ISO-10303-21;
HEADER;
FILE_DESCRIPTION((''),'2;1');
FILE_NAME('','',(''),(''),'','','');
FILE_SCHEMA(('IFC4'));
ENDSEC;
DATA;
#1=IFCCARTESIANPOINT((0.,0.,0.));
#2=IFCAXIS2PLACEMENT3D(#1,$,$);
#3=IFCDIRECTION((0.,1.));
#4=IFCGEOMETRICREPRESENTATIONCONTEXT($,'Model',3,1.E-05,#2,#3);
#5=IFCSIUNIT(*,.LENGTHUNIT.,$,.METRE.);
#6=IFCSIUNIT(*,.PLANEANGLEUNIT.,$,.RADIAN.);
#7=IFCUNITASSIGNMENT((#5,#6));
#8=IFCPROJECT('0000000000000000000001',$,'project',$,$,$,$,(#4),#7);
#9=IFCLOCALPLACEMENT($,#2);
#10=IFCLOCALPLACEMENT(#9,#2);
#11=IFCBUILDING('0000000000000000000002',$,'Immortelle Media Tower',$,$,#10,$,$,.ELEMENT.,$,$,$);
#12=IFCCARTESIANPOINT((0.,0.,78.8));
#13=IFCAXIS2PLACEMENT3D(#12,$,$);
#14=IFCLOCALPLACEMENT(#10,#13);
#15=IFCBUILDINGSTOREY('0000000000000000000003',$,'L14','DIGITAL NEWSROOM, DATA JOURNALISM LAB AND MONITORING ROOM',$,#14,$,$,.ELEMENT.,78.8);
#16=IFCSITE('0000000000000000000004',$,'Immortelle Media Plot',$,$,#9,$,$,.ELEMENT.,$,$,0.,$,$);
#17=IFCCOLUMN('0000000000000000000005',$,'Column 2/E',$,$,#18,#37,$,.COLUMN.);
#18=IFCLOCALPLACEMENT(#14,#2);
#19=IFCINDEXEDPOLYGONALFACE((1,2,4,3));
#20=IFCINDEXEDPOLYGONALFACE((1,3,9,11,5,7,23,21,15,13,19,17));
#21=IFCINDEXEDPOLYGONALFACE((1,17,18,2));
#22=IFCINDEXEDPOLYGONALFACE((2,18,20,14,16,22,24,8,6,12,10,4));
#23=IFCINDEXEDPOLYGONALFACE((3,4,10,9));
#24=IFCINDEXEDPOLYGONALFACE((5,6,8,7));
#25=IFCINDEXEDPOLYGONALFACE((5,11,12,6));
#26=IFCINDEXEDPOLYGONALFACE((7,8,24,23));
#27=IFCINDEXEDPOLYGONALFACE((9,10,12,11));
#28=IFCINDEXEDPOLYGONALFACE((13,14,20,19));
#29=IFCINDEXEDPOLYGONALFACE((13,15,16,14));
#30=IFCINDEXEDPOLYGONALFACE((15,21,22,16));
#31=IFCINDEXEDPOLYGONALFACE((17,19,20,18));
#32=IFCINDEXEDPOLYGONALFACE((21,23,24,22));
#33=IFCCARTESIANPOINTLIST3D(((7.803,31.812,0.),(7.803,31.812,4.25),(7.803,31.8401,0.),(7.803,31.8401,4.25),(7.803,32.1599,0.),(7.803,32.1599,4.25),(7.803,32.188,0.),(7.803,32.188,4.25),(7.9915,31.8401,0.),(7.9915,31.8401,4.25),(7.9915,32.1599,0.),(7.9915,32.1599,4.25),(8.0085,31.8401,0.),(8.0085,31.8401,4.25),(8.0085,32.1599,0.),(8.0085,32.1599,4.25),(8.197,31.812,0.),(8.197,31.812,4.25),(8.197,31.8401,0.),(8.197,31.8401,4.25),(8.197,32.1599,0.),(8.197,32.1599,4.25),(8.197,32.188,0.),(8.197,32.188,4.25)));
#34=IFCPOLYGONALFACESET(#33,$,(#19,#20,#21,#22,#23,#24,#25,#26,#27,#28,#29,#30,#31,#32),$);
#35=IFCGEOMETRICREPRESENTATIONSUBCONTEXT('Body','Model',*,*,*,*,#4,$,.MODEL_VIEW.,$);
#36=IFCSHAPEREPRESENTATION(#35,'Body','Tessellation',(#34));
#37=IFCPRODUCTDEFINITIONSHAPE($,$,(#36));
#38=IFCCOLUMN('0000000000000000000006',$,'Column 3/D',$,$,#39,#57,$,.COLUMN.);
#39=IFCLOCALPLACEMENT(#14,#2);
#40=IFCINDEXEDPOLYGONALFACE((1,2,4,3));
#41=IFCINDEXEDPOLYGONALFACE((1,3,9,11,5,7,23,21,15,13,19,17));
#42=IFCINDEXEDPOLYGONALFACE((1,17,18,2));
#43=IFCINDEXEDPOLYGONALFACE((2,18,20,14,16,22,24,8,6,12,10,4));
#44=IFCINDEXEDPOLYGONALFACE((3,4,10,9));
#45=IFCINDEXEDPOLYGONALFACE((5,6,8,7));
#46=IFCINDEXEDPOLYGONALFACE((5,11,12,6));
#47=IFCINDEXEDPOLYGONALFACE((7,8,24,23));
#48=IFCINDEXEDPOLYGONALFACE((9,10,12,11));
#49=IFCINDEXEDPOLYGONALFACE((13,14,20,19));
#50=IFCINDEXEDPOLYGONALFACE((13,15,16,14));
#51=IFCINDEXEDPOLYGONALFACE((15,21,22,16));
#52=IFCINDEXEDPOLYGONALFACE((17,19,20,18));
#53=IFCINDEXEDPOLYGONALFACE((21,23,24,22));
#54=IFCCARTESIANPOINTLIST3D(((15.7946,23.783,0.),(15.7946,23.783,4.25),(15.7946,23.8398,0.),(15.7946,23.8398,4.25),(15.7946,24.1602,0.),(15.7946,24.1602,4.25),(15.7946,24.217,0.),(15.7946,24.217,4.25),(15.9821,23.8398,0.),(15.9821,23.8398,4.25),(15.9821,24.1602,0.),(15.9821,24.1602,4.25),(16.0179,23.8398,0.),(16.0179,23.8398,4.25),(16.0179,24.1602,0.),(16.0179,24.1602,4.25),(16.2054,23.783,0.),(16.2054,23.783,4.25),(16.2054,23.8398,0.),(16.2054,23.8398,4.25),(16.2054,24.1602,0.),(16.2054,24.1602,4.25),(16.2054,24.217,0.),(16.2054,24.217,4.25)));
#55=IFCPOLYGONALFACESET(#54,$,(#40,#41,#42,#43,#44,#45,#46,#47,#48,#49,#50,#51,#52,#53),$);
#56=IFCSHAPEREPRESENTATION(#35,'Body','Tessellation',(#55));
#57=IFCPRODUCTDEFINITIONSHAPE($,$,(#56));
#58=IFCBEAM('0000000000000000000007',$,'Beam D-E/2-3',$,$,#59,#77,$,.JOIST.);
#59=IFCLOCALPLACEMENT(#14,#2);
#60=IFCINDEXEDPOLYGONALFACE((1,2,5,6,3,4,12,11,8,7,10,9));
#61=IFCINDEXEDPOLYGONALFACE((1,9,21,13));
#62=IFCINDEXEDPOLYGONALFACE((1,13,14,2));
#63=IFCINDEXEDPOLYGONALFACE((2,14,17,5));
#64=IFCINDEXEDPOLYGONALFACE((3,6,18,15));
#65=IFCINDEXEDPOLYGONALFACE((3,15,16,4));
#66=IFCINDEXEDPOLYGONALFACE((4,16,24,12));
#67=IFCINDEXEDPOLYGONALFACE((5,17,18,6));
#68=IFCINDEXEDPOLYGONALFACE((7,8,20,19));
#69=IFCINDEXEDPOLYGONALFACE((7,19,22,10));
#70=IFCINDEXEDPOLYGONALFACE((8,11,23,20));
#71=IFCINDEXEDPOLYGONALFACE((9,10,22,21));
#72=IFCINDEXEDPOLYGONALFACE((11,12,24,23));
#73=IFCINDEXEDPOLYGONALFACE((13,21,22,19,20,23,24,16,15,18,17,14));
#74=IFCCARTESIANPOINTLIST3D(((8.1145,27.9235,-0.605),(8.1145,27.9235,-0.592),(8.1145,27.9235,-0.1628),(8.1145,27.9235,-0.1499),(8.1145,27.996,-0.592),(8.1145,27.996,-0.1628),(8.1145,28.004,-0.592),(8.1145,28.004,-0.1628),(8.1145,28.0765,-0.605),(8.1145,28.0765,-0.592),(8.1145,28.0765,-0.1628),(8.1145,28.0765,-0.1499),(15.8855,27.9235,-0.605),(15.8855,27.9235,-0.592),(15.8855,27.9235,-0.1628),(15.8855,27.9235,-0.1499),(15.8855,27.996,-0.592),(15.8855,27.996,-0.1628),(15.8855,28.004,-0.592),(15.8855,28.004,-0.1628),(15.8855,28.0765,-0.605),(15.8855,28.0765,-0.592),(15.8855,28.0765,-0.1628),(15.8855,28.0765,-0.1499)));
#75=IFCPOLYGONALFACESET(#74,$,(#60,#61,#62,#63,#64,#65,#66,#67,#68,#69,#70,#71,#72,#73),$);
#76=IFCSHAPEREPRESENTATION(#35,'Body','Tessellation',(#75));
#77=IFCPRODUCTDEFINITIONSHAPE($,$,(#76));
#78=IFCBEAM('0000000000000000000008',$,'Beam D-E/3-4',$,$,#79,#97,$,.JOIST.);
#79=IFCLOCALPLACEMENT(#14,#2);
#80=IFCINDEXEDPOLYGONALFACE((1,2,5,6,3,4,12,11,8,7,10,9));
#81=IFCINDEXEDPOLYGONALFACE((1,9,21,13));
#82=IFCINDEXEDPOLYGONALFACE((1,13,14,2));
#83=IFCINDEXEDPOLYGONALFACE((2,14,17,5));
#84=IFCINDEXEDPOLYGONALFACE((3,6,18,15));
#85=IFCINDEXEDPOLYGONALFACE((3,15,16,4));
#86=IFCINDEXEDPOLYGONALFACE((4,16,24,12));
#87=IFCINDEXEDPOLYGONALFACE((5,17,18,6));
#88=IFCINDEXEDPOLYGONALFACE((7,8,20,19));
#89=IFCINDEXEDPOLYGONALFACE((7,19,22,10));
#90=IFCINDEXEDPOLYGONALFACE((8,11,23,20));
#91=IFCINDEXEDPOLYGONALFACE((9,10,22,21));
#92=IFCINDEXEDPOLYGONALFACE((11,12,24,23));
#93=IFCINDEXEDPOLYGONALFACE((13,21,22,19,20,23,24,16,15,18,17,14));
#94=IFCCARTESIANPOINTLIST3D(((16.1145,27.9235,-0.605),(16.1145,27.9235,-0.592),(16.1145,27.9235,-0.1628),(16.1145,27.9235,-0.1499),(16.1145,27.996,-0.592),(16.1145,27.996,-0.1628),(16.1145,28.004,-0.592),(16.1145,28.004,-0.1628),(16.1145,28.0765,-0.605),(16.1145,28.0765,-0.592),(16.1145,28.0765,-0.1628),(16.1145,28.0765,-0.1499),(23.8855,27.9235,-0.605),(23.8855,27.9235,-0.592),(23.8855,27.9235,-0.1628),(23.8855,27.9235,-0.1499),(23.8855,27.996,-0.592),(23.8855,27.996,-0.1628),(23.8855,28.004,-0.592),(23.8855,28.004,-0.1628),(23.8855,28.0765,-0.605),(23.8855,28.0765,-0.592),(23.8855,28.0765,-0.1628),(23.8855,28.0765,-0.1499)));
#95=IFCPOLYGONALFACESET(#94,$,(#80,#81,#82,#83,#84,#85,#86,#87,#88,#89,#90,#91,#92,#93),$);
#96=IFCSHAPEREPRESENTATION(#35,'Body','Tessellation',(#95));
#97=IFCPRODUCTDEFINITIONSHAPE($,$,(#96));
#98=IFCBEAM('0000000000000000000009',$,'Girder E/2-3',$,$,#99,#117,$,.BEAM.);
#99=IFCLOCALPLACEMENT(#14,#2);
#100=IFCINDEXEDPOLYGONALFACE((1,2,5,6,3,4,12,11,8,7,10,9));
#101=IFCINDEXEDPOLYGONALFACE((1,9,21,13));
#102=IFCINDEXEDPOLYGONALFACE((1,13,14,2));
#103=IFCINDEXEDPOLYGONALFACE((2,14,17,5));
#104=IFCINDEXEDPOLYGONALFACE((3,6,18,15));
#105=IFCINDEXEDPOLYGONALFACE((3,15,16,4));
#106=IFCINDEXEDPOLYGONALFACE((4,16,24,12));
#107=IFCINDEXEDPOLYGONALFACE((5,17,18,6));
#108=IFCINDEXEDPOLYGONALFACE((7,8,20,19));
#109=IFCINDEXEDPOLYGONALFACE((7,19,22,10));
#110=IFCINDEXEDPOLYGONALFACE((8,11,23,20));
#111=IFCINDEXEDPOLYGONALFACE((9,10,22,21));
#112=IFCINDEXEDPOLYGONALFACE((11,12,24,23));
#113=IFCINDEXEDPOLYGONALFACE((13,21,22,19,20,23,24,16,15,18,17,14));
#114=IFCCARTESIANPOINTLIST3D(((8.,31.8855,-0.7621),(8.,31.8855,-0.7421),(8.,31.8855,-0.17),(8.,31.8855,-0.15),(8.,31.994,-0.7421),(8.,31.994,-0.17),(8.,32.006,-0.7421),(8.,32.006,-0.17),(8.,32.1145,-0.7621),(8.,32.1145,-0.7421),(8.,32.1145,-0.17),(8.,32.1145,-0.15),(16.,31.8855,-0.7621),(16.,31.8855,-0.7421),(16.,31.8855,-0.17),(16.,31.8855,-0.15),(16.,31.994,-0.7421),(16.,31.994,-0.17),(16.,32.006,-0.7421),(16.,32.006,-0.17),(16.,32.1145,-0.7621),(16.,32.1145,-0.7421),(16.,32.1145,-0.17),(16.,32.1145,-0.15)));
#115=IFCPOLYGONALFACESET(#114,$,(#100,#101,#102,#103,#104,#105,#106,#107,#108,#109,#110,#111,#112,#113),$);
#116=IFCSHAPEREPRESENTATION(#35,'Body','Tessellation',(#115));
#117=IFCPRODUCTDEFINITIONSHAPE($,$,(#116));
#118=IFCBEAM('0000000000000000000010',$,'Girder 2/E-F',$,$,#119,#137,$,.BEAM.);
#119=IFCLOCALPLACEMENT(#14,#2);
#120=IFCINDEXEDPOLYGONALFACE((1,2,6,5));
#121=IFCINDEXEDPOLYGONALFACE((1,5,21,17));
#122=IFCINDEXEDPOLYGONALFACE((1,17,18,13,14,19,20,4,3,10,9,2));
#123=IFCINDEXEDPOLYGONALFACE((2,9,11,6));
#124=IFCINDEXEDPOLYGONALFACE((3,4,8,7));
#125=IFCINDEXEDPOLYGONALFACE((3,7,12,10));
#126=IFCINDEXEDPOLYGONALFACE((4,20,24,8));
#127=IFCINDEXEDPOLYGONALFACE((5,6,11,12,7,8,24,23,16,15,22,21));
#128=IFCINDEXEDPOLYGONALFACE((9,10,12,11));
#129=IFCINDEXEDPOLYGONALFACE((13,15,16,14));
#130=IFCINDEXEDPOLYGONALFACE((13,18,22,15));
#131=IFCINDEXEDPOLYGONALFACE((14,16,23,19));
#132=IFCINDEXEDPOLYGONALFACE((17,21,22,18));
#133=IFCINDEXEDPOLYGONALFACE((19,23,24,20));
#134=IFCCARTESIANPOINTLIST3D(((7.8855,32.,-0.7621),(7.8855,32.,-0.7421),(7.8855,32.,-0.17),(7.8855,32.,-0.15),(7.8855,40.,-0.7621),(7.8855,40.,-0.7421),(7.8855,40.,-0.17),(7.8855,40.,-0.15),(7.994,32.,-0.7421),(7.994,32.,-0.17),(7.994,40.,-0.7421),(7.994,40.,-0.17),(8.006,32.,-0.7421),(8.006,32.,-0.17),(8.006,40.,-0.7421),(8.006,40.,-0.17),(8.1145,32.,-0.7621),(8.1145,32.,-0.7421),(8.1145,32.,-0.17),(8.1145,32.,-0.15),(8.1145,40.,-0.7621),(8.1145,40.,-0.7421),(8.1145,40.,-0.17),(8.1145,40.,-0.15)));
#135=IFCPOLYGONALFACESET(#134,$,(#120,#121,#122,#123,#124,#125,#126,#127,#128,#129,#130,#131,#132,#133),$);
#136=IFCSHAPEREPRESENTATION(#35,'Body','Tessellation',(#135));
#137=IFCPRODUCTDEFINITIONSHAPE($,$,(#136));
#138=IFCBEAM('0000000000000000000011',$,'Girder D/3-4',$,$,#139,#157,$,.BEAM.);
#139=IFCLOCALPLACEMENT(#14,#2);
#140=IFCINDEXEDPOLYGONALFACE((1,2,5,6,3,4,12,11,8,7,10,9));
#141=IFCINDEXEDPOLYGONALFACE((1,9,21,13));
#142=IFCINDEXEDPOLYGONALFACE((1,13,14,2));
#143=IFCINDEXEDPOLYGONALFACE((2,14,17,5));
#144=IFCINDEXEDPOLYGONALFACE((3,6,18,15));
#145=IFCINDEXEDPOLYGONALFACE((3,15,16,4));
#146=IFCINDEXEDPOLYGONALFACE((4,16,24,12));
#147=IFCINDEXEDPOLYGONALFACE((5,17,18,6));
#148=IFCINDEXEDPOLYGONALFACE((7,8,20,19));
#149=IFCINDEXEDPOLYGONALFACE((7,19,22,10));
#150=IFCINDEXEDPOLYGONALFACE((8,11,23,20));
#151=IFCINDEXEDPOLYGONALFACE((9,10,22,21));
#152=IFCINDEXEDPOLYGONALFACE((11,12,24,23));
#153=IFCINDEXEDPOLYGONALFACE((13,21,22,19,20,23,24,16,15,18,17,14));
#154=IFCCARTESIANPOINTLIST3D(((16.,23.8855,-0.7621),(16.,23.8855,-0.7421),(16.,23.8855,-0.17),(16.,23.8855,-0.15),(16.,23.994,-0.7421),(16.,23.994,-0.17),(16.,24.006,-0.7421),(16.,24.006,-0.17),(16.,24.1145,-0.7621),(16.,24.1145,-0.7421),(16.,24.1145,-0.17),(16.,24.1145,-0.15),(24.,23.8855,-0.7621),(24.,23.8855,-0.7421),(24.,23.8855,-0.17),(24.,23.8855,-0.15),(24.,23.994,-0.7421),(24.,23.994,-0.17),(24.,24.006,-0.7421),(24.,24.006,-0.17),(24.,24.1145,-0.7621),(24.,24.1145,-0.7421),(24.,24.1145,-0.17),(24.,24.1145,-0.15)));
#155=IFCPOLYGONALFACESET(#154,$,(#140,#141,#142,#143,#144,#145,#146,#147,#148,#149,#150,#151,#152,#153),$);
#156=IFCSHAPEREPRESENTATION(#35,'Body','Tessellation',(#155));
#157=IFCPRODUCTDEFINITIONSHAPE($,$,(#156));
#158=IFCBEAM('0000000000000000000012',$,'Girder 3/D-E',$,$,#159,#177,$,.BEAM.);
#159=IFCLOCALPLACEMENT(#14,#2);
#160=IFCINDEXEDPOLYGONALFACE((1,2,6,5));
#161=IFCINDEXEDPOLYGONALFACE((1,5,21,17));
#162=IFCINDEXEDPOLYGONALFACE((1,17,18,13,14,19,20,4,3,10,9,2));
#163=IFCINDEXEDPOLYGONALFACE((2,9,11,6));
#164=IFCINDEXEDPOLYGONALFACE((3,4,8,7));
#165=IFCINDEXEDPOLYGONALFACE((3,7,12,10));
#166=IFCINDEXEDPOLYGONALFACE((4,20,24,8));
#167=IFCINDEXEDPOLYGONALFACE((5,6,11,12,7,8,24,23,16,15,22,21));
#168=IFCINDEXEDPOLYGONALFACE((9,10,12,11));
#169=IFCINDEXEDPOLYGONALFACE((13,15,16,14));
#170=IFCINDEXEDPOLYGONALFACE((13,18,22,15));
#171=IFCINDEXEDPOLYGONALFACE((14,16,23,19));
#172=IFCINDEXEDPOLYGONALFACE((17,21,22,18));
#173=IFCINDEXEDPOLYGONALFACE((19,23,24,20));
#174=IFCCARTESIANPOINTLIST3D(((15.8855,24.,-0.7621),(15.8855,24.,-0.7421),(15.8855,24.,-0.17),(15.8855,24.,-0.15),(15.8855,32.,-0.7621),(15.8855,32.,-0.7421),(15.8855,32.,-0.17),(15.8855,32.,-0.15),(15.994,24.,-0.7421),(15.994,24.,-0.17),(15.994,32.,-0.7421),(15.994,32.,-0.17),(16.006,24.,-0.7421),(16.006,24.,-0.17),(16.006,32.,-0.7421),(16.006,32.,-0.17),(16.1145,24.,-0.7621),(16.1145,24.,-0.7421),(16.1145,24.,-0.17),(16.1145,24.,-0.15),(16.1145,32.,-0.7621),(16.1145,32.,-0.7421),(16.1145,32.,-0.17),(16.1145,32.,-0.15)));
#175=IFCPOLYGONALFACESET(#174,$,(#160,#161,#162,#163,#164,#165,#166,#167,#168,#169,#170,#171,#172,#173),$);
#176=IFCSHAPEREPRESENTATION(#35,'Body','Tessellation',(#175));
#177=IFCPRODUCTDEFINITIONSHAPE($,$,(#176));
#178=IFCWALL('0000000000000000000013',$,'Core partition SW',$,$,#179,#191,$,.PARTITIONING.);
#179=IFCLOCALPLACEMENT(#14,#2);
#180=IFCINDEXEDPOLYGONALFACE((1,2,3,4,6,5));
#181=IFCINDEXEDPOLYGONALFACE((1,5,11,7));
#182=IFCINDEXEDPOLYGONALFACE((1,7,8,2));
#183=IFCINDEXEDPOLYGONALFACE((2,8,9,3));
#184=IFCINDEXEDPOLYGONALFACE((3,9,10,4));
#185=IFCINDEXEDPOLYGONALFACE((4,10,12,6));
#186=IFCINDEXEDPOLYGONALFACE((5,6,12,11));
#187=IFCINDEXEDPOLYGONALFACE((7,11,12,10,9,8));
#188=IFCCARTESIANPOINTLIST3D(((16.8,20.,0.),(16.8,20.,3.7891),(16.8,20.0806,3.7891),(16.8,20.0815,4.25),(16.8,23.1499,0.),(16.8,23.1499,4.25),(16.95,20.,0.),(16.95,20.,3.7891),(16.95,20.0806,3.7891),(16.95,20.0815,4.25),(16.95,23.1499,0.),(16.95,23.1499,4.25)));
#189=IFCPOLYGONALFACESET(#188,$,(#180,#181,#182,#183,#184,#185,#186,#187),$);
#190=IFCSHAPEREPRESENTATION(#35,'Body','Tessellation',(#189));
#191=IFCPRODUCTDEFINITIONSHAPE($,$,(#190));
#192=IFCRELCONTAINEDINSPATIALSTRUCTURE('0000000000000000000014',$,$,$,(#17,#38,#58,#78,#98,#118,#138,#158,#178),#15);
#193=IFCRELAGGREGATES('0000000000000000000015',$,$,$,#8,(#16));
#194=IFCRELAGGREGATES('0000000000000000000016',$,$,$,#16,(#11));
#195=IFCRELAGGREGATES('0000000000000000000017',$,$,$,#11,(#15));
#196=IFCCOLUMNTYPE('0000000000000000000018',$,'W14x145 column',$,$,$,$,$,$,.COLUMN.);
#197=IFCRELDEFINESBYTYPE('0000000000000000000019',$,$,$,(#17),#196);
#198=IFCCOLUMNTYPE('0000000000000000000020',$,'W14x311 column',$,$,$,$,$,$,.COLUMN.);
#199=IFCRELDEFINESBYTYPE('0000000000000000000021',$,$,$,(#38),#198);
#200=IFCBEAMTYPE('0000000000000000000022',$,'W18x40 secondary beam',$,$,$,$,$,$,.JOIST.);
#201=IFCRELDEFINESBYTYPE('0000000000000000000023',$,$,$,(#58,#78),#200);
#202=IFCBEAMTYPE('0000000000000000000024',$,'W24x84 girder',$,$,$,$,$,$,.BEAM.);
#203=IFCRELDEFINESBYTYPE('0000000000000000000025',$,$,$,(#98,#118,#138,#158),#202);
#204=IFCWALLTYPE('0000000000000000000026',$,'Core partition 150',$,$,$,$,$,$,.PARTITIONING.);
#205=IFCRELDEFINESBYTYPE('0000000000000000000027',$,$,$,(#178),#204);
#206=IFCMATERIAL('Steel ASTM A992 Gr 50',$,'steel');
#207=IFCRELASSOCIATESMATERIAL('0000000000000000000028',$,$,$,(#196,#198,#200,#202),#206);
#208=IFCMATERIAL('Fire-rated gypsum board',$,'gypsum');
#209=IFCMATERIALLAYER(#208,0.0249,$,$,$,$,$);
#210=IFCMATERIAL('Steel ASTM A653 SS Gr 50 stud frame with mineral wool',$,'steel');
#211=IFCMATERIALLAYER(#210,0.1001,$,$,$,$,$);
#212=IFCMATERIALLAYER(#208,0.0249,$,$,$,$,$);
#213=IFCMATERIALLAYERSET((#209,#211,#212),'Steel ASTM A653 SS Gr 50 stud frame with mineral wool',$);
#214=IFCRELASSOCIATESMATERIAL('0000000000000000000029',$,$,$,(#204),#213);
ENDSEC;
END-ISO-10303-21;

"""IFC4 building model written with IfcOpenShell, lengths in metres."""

from ifc_helpers import new_model, si_unit, direction, frame, origin, origin_2d, place, context, subcontext, project, spatial, polyline, i_section, outline, extrude, material, layer, layer_set, material_profile, profile_set, type_object, element, save


model = new_model("IFC4")

# Units and contexts
model_context = context("Model", 3, precision=1e-05, world=origin(), true_north=direction((0.0, 1.0)))
body_context = subcontext(model_context, "Body", "Model", "MODEL_VIEW")
ifc_project = project(units=[si_unit("LENGTHUNIT", "METRE"), si_unit("PLANEANGLEUNIT", "RADIAN")], contexts=[model_context])

# Site, building, storey
site_placement = place(None, origin())
site = spatial("IfcSite", under=ifc_project, at=site_placement, Name="Immortelle Media Plot", CompositionType="ELEMENT", RefElevation=0.0)
building_placement = place(site_placement, origin())
building = spatial("IfcBuilding", under=site, at=building_placement, Name="Immortelle Media Tower", CompositionType="ELEMENT")
storey_placement = place(building_placement, frame((0.0, 0.0, 78.8)))
storey = spatial("IfcBuildingStorey", under=building, at=storey_placement, Name="L14", Description="DIGITAL NEWSROOM, DATA JOURNALISM LAB AND MONITORING ROOM", CompositionType="ELEMENT", Elevation=78.8)

# Columns
ifc_material_1 = material(Name="Steel ASTM A992 Gr 50", Category="steel")
ifc_material_profile_1 = material_profile(ifc_material_1, i_section(OverallWidth=0.394, OverallDepth=0.376, WebThickness=0.0171, FlangeThickness=0.0281, at=origin_2d()), Name="W14x145")
ifc_profile_set_1 = profile_set([ifc_material_profile_1], Name="Steel ASTM A992 Gr 50")
column_type_1 = type_object("IfcColumnType", Name="W14x145 column", PredefinedType="COLUMN", material=ifc_profile_set_1)
column_1_placement = place(storey_placement, frame((8.0, 32.0, 0.0), z_axis=(0.0, 0.0, 1.0), x_axis=(1.0, 0.0, 0.0)))
element("IfcColumn", 1, at=column_1_placement, inside=storey, type_object=column_type_1, Name="Column 2/E", PredefinedType="COLUMN", context=body_context, shape_type="SweptSolid", body=[
    extrude(i_section(OverallWidth=0.394, OverallDepth=0.376, WebThickness=0.0171, FlangeThickness=0.0281, at=origin_2d()), origin(), (0.0, 0.0, 1.0), 4.25),
])
ifc_material_profile_2 = material_profile(ifc_material_1, i_section(OverallWidth=0.4109, OverallDepth=0.4341, WebThickness=0.0359, FlangeThickness=0.0569, at=origin_2d()), Name="W14x311")
ifc_profile_set_2 = profile_set([ifc_material_profile_2], Name="Steel ASTM A992 Gr 50")
column_type_2 = type_object("IfcColumnType", Name="W14x311 column", PredefinedType="COLUMN", material=ifc_profile_set_2)
column_2_placement = place(storey_placement, frame((16.0, 24.0, 0.0), z_axis=(0.0, 0.0, 1.0), x_axis=(1.0, 0.0, 0.0)))
element("IfcColumn", 2, at=column_2_placement, inside=storey, type_object=column_type_2, Name="Column 3/D", PredefinedType="COLUMN", context=body_context, shape_type="SweptSolid", body=[
    extrude(i_section(OverallWidth=0.4109, OverallDepth=0.4341, WebThickness=0.0359, FlangeThickness=0.0569, at=origin_2d()), origin(), (0.0, 0.0, 1.0), 4.25),
])

# Beams
ifc_material_profile_3 = material_profile(ifc_material_1, i_section(OverallWidth=0.1531, OverallDepth=0.4551, WebThickness=0.0081, FlangeThickness=0.0129, at=origin_2d()), Name="W18x40")
ifc_profile_set_3 = profile_set([ifc_material_profile_3], Name="Steel ASTM A992 Gr 50")
beam_type_1 = type_object("IfcBeamType", Name="W18x40 secondary beam", PredefinedType="JOIST", material=ifc_profile_set_3)
for number, where, z_axis, x_axis, name in (
    (3, (8.1145, 28.0, -0.3774), (1.0, 0.0, 0.0), (0.0, 1.0, 0.0), "Beam D-E/2-3"),
    (4, (16.1145, 28.0, -0.3774), (1.0, 0.0, 0.0), (0.0, 1.0, 0.0), "Beam D-E/3-4"),
):
    element("IfcBeam", number, at=place(storey_placement, frame(where, z_axis=z_axis, x_axis=x_axis)), inside=storey, type_object=beam_type_1, Name=name, PredefinedType="JOIST", context=body_context, shape_type="SweptSolid", body=[
        extrude(i_section(OverallWidth=0.1531, OverallDepth=0.4551, WebThickness=0.0081, FlangeThickness=0.0129, at=origin_2d()), origin(), (0.0, 0.0, 1.0), 7.771),
    ])
ifc_material_profile_4 = material_profile(ifc_material_1, i_section(OverallWidth=0.229, OverallDepth=0.6121, WebThickness=0.012, FlangeThickness=0.02, at=origin_2d()), Name="W24x84")
ifc_profile_set_4 = profile_set([ifc_material_profile_4], Name="Steel ASTM A992 Gr 50")
beam_type_2 = type_object("IfcBeamType", Name="W24x84 girder", PredefinedType="BEAM", material=ifc_profile_set_4)
for number, where, z_axis, x_axis, name in (
    (5, (8.0, 32.0, -0.4561), (1.0, 0.0, 0.0), (0.0, 1.0, 0.0), "Girder E/2-3"),
    (6, (8.0, 32.0, -0.4561), (0.0, 1.0, 0.0), (-1.0, 0.0, 0.0), "Girder 2/E-F"),
    (7, (16.0, 24.0, -0.4561), (1.0, 0.0, 0.0), (0.0, 1.0, 0.0), "Girder D/3-4"),
    (8, (16.0, 24.0, -0.4561), (0.0, 1.0, 0.0), (-1.0, 0.0, 0.0), "Girder 3/D-E"),
):
    element("IfcBeam", number, at=place(storey_placement, frame(where, z_axis=z_axis, x_axis=x_axis)), inside=storey, type_object=beam_type_2, Name=name, PredefinedType="BEAM", context=body_context, shape_type="SweptSolid", body=[
        extrude(i_section(OverallWidth=0.229, OverallDepth=0.6121, WebThickness=0.012, FlangeThickness=0.02, at=origin_2d()), origin(), (0.0, 0.0, 1.0), 8.0),
    ])

# Wall
ifc_material_2 = material(Name="Fire-rated gypsum board", Category="gypsum")
ifc_layer_1 = layer(ifc_material_2, 0.0249)
ifc_material_3 = material(Name="Steel ASTM A653 SS Gr 50 stud frame with mineral wool", Category="steel")
ifc_layer_2 = layer(ifc_material_3, 0.1001)
ifc_layer_3 = layer(ifc_material_2, 0.0249)
ifc_layer_set_1 = layer_set([ifc_layer_1, ifc_layer_2, ifc_layer_3], Name="Steel ASTM A653 SS Gr 50 stud frame with mineral wool")
wall_type_1 = type_object("IfcWallType", Name="Core partition 150", PredefinedType="PARTITIONING", material=ifc_layer_set_1)
for number, where, z_axis, x_axis, name in (
    (9, (16.875, 20.0, 0.0), (0.0, 0.0, 1.0), (0.0, 1.0, 0.0), "Core partition SW"),
):
    element("IfcWall", number, at=place(storey_placement, frame(where, z_axis=z_axis, x_axis=x_axis)), inside=storey, type_object=wall_type_1, Name=name, PredefinedType="PARTITIONING", context=body_context, shape_type="SweptSolid", body=[
        extrude(outline(polyline([(0.0, 0.0), (3.1499, 0.0), (3.1499, 4.25), (0.0815, 4.25), (0.0806, 3.7891), (0.0, 3.7891), (0.0, 0.0)])), frame((0.0, 0.075, 0.0), z_axis=(0.0, -1.0, 0.0), x_axis=(1.0, 0.0, 0.0)), (0.0, 0.0, 1.0), 0.1499),
    ])

save(model, "model.ifc")
